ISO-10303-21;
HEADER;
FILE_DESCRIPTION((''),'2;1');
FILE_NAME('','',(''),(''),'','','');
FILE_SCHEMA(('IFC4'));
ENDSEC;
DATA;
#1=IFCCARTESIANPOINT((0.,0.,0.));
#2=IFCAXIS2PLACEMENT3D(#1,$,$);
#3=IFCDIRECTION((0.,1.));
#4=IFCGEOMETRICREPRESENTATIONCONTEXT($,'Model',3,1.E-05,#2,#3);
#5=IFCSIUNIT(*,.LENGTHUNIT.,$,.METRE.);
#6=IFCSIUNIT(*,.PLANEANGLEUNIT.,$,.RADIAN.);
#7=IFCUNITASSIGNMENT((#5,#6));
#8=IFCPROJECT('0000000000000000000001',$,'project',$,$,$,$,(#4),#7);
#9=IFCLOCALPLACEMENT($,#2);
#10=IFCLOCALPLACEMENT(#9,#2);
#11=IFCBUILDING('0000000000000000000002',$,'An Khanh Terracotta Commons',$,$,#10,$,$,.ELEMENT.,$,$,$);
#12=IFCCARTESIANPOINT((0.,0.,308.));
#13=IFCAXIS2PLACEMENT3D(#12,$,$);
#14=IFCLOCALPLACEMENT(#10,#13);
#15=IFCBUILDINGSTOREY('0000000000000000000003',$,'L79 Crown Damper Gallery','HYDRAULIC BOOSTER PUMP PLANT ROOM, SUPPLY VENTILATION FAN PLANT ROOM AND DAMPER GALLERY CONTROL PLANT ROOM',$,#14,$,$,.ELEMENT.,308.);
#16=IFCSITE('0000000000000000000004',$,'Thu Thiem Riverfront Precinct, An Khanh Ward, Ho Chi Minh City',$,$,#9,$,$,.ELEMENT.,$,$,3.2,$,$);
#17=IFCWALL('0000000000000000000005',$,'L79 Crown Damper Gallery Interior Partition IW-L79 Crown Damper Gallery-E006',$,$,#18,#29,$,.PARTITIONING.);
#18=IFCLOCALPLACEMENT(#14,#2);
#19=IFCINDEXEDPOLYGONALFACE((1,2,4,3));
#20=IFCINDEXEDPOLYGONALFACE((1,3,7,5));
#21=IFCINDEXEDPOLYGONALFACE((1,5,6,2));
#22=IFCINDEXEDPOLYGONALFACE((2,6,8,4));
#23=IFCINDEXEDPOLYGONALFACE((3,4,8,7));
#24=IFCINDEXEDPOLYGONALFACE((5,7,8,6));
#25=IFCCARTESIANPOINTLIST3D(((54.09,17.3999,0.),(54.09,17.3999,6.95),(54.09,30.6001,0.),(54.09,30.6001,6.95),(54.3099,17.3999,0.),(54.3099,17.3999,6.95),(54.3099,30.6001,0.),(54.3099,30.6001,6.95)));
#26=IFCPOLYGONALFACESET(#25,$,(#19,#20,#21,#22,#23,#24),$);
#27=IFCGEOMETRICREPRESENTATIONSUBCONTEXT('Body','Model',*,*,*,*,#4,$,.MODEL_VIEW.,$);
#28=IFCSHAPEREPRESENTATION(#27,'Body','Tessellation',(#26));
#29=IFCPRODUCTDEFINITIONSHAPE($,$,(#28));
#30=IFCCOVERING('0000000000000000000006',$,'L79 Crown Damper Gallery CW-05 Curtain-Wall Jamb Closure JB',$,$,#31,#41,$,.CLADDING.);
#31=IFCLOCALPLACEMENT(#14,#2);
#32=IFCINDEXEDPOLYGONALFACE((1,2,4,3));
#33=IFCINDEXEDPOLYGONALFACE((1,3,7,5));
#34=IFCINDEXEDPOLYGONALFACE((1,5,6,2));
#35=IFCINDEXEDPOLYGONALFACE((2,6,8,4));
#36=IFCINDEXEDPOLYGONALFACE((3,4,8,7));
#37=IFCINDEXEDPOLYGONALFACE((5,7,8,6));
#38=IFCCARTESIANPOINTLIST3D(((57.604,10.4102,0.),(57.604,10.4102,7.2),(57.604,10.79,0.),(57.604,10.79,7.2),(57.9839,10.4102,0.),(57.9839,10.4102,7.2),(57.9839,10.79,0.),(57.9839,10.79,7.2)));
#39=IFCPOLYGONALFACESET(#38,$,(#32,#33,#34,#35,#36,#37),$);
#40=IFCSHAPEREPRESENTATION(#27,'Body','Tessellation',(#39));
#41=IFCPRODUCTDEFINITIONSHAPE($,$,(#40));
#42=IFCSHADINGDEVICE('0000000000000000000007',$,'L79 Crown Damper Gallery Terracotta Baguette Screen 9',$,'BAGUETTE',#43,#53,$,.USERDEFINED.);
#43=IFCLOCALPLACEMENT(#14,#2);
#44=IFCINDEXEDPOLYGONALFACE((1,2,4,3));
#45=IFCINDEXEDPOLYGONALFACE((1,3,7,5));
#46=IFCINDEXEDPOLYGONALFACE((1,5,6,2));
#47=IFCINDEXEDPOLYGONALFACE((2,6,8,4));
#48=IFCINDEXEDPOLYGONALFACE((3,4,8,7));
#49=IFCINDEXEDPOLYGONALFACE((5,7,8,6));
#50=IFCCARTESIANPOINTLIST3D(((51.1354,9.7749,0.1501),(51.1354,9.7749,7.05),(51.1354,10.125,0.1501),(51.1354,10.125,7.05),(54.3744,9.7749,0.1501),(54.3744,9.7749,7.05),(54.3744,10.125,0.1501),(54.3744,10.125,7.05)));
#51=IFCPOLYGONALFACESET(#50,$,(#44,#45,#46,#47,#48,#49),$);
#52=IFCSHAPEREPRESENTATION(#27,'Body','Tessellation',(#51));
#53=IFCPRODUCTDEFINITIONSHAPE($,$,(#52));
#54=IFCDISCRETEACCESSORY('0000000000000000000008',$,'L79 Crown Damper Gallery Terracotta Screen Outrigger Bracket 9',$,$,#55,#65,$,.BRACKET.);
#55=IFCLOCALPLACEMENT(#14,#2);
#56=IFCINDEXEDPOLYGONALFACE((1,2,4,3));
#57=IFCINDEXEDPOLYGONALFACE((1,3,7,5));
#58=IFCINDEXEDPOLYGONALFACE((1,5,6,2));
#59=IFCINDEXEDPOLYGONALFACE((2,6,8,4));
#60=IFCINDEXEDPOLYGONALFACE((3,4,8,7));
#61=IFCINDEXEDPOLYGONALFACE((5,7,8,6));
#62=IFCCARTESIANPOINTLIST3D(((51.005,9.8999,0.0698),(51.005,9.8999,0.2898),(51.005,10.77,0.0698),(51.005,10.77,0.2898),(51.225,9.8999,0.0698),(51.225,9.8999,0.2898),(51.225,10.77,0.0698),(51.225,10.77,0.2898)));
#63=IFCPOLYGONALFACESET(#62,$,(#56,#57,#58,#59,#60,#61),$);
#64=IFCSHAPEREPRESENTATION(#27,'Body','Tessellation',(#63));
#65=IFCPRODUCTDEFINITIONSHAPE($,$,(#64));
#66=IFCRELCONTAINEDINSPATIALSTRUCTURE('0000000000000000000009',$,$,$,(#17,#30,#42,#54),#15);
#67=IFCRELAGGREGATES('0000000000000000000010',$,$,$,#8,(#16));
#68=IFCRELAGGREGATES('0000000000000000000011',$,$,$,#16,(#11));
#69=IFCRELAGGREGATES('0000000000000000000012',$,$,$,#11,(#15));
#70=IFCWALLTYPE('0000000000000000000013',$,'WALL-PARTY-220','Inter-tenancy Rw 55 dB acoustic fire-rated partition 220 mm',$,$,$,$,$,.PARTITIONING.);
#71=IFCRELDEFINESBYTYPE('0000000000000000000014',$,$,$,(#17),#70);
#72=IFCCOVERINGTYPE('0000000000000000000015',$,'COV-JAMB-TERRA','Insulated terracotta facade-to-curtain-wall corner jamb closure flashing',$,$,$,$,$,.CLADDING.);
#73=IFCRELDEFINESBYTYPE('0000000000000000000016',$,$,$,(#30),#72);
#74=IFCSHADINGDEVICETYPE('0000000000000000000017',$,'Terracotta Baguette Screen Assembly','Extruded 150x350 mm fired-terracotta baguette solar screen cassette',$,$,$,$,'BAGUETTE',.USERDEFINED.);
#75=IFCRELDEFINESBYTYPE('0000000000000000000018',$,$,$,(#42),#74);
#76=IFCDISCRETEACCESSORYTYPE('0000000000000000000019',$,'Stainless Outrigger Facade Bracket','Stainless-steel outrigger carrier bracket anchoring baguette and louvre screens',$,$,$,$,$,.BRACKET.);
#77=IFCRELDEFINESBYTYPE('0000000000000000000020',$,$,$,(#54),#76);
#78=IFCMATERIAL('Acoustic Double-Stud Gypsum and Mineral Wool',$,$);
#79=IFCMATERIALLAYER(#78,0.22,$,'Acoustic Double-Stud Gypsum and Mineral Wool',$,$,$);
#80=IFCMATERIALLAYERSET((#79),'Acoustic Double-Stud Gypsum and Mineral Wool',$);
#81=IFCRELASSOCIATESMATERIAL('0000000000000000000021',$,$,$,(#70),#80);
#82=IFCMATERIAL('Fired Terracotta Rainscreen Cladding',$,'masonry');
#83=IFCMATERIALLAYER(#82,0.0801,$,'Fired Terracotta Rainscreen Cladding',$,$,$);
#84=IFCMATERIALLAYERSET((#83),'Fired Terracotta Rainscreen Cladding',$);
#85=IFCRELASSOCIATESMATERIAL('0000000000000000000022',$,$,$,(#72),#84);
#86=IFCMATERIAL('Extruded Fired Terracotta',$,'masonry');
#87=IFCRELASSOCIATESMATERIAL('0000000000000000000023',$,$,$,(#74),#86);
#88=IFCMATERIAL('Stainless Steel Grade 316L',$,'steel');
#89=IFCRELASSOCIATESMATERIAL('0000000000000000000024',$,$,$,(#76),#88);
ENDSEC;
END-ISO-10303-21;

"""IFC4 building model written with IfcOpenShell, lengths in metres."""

from ifc_helpers import new_model, si_unit, direction, frame, frame_2d, origin, origin_2d, place, context, subcontext, project, spatial, rectangle, extrude, material, layer, layer_set, type_object, element, save


model = new_model("IFC4")

# Units and contexts
model_context = context("Model", 3, precision=1e-05, world=origin(), true_north=direction((0.0, 1.0)))
body_context = subcontext(model_context, "Body", "Model", "MODEL_VIEW")
ifc_project = project(units=[si_unit("LENGTHUNIT", "METRE"), si_unit("PLANEANGLEUNIT", "RADIAN")], contexts=[model_context])

# Site, building, storey
site_placement = place(None, origin())
site = spatial("IfcSite", under=ifc_project, at=site_placement, Name="Thu Thiem Riverfront Precinct, An Khanh Ward, Ho Chi Minh City", CompositionType="ELEMENT", RefElevation=3.2)
building_placement = place(site_placement, origin())
building = spatial("IfcBuilding", under=site, at=building_placement, Name="An Khanh Terracotta Commons", CompositionType="ELEMENT")
storey_placement = place(building_placement, frame((0.0, 0.0, 308.0)))
storey = spatial("IfcBuildingStorey", under=building, at=storey_placement, Name="L79 Crown Damper Gallery", Description="HYDRAULIC BOOSTER PUMP PLANT ROOM, SUPPLY VENTILATION FAN PLANT ROOM AND DAMPER GALLERY CONTROL PLANT ROOM", CompositionType="ELEMENT", Elevation=308.0)

# Wall
ifc_material_1 = material(Name="Acoustic Double-Stud Gypsum and Mineral Wool")
ifc_layer_1 = layer(ifc_material_1, 0.22, Name="Acoustic Double-Stud Gypsum and Mineral Wool")
ifc_layer_set_1 = layer_set([ifc_layer_1], Name="Acoustic Double-Stud Gypsum and Mineral Wool")
wall_type_1 = type_object("IfcWallType", Name="WALL-PARTY-220", Description="Inter-tenancy Rw 55 dB acoustic fire-rated partition 220 mm", PredefinedType="PARTITIONING", material=ifc_layer_set_1)
wall_1_placement = place(storey_placement, frame((54.2, 17.3999, 0.0), z_axis=(0.0, 0.0, 1.0), x_axis=(0.0, 1.0, 0.0)))
element("IfcWall", 1, at=wall_1_placement, inside=storey, type_object=wall_type_1, Name="L79 Crown Damper Gallery Interior Partition IW-L79 Crown Damper Gallery-E006", PredefinedType="PARTITIONING", context=body_context, shape_type="SweptSolid", body=[
    extrude(rectangle(XDim=13.2002, YDim=0.22, at=frame_2d((6.6001, 0.0))), origin(), (0.0, 0.0, 1.0), 6.95),
])

# Covering
ifc_material_2 = material(Name="Fired Terracotta Rainscreen Cladding", Category="masonry")
ifc_layer_2 = layer(ifc_material_2, 0.0801, Name="Fired Terracotta Rainscreen Cladding")
ifc_layer_set_2 = layer_set([ifc_layer_2], Name="Fired Terracotta Rainscreen Cladding")
covering_type = type_object("IfcCoveringType", Name="COV-JAMB-TERRA", Description="Insulated terracotta facade-to-curtain-wall corner jamb closure flashing", PredefinedType="CLADDING", material=ifc_layer_set_2)
covering_placement = place(storey_placement, frame((57.7939, 10.6001, 0.0), z_axis=(0.0, 0.0, 1.0), x_axis=(1.0, 0.0, 0.0)))
element("IfcCovering", 2, at=covering_placement, inside=storey, type_object=covering_type, Name="L79 Crown Damper Gallery CW-05 Curtain-Wall Jamb Closure JB", PredefinedType="CLADDING", context=body_context, shape_type="SweptSolid", body=[
    extrude(rectangle(XDim=0.3799, YDim=0.3799, at=origin_2d()), origin(), (0.0, 0.0, 1.0), 7.2),
])

# Shading device
ifc_material_3 = material(Name="Extruded Fired Terracotta", Category="masonry")
shading_device_type = type_object("IfcShadingDeviceType", Name="Terracotta Baguette Screen Assembly", Description="Extruded 150x350 mm fired-terracotta baguette solar screen cassette", ElementType="BAGUETTE", PredefinedType="USERDEFINED", material=ifc_material_3)
shading_device_placement = place(storey_placement, frame((52.7549, 9.95, 0.1501), z_axis=(0.0, 0.0, 1.0), x_axis=(1.0, 0.0, 0.0)))
element("IfcShadingDevice", 3, at=shading_device_placement, inside=storey, type_object=shading_device_type, Name="L79 Crown Damper Gallery Terracotta Baguette Screen 9", ObjectType="BAGUETTE", PredefinedType="USERDEFINED", context=body_context, shape_type="SweptSolid", body=[
    extrude(rectangle(XDim=3.239, YDim=0.3501, at=origin_2d()), origin(), (0.0, 0.0, 1.0), 6.8999),
])

# Discrete accessory
ifc_material_4 = material(Name="Stainless Steel Grade 316L", Category="steel")
discrete_accessory_type = type_object("IfcDiscreteAccessoryType", Name="Stainless Outrigger Facade Bracket", Description="Stainless-steel outrigger carrier bracket anchoring baguette and louvre screens", PredefinedType="BRACKET", material=ifc_material_4)
discrete_accessory_placement = place(storey_placement, frame((51.115, 10.335, 0.0698), z_axis=(0.0, 0.0, 1.0), x_axis=(1.0, 0.0, 0.0)))
element("IfcDiscreteAccessory", 4, at=discrete_accessory_placement, inside=storey, type_object=discrete_accessory_type, Name="L79 Crown Damper Gallery Terracotta Screen Outrigger Bracket 9", PredefinedType="BRACKET", context=body_context, shape_type="SweptSolid", body=[
    extrude(rectangle(XDim=0.22, YDim=0.8701, at=origin_2d()), origin(), (0.0, 0.0, 1.0), 0.22),
])

save(model, "model.ifc")
